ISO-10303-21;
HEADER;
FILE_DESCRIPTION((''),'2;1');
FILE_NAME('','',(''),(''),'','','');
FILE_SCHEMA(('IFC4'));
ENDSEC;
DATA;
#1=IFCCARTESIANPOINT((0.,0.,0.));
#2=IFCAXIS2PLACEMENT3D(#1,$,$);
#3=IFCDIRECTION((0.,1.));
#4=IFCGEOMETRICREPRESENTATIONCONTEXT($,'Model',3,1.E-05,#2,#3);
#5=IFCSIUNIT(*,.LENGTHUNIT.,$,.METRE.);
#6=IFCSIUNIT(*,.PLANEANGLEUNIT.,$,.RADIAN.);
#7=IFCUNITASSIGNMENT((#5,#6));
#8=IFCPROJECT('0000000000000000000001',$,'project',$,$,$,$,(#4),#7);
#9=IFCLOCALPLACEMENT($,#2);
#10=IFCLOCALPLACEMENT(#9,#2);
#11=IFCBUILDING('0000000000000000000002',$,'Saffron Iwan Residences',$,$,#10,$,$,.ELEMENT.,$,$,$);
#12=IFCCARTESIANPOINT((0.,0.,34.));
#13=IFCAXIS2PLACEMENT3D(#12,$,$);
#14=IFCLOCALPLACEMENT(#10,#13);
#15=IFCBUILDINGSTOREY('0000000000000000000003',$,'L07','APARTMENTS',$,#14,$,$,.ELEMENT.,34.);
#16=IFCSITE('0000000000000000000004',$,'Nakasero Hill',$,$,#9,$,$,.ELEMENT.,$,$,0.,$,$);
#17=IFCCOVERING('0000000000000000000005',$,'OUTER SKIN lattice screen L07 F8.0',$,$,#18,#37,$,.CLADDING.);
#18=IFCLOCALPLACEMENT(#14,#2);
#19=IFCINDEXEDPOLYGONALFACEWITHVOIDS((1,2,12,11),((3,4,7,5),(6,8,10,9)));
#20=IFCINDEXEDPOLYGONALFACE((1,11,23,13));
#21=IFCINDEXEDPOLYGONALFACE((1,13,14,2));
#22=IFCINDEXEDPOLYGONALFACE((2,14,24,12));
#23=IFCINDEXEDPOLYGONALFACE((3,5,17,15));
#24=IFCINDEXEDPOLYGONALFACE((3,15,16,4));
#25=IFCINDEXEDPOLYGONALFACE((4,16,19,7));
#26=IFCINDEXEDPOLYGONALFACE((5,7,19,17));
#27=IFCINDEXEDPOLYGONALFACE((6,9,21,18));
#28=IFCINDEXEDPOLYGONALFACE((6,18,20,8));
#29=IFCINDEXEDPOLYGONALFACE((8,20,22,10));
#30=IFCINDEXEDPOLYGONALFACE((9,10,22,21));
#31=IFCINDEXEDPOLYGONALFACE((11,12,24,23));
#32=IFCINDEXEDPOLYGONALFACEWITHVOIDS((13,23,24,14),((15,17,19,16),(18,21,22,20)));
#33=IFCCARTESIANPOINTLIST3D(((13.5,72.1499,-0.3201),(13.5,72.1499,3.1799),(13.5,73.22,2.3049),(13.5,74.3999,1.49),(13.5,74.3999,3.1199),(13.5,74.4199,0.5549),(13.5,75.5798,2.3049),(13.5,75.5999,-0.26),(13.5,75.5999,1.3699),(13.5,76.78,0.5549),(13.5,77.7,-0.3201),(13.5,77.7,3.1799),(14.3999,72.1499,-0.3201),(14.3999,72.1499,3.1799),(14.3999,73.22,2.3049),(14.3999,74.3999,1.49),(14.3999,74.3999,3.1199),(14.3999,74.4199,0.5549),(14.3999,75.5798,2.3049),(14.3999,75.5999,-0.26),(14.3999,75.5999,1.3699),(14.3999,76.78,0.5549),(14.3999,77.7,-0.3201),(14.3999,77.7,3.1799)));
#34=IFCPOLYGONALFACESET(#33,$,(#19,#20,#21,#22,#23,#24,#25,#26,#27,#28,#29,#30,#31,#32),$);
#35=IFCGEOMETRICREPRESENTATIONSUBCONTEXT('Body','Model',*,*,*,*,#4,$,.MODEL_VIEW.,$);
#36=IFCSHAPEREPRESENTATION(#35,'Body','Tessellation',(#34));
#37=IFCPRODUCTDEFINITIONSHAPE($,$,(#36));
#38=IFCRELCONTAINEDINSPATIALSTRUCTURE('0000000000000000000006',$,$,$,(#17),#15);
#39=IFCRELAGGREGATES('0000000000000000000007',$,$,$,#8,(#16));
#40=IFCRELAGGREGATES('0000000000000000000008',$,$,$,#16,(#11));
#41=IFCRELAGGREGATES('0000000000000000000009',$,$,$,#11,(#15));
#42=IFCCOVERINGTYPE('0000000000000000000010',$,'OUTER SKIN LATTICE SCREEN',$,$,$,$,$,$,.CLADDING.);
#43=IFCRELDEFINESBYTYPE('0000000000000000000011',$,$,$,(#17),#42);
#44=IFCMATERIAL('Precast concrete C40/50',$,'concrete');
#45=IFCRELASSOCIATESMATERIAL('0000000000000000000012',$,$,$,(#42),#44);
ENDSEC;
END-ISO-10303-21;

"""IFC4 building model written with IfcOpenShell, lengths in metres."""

from ifc_helpers import new_model, si_unit, direction, frame, origin, place, context, subcontext, project, spatial, polyline, outline, extrude, material, type_object, element, save


model = new_model("IFC4")

# Units and contexts
model_context = context("Model", 3, precision=1e-05, world=origin(), true_north=direction((0.0, 1.0)))
body_context = subcontext(model_context, "Body", "Model", "MODEL_VIEW")
ifc_project = project(units=[si_unit("LENGTHUNIT", "METRE"), si_unit("PLANEANGLEUNIT", "RADIAN")], contexts=[model_context])

# Site, building, storey
site_placement = place(None, origin())
site = spatial("IfcSite", under=ifc_project, at=site_placement, Name="Nakasero Hill", CompositionType="ELEMENT", RefElevation=0.0)
building_placement = place(site_placement, origin())
building = spatial("IfcBuilding", under=site, at=building_placement, Name="Saffron Iwan Residences", CompositionType="ELEMENT")
storey_placement = place(building_placement, frame((0.0, 0.0, 34.0)))
storey = spatial("IfcBuildingStorey", under=building, at=storey_placement, Name="L07", Description="APARTMENTS", CompositionType="ELEMENT", Elevation=34.0)

# Covering
ifc_material_1 = material(Name="Precast concrete C40/50", Category="concrete")
covering_type = type_object("IfcCoveringType", Name="OUTER SKIN LATTICE SCREEN", PredefinedType="CLADDING", material=ifc_material_1)
covering_1_placement = place(storey_placement, frame((14.3999, 77.7, -0.3201), z_axis=(-1.0, 0.0, 0.0), x_axis=(0.0, -1.0, 0.0)))
element("IfcCovering", 1, at=covering_1_placement, inside=storey, type_object=covering_type, Name="OUTER SKIN lattice screen L07 F8.0", PredefinedType="CLADDING", context=body_context, shape_type="SweptSolid", body=[
    extrude(outline(polyline([(0.0, 0.0), (5.55, 0.0), (5.55, 3.5), (0.0, 3.5), (0.0, 0.0)]), holes=[polyline([(0.9199, 0.875), (2.1001, 0.0601), (3.28, 0.875), (2.1001, 1.6899), (0.9199, 0.875)]), polyline([(2.1201, 2.625), (3.3, 1.8101), (4.48, 2.625), (3.3, 3.4399), (2.1201, 2.625)])]), origin(), (0.0, 0.0, 1.0), 0.8999),
])

save(model, "model.ifc")
